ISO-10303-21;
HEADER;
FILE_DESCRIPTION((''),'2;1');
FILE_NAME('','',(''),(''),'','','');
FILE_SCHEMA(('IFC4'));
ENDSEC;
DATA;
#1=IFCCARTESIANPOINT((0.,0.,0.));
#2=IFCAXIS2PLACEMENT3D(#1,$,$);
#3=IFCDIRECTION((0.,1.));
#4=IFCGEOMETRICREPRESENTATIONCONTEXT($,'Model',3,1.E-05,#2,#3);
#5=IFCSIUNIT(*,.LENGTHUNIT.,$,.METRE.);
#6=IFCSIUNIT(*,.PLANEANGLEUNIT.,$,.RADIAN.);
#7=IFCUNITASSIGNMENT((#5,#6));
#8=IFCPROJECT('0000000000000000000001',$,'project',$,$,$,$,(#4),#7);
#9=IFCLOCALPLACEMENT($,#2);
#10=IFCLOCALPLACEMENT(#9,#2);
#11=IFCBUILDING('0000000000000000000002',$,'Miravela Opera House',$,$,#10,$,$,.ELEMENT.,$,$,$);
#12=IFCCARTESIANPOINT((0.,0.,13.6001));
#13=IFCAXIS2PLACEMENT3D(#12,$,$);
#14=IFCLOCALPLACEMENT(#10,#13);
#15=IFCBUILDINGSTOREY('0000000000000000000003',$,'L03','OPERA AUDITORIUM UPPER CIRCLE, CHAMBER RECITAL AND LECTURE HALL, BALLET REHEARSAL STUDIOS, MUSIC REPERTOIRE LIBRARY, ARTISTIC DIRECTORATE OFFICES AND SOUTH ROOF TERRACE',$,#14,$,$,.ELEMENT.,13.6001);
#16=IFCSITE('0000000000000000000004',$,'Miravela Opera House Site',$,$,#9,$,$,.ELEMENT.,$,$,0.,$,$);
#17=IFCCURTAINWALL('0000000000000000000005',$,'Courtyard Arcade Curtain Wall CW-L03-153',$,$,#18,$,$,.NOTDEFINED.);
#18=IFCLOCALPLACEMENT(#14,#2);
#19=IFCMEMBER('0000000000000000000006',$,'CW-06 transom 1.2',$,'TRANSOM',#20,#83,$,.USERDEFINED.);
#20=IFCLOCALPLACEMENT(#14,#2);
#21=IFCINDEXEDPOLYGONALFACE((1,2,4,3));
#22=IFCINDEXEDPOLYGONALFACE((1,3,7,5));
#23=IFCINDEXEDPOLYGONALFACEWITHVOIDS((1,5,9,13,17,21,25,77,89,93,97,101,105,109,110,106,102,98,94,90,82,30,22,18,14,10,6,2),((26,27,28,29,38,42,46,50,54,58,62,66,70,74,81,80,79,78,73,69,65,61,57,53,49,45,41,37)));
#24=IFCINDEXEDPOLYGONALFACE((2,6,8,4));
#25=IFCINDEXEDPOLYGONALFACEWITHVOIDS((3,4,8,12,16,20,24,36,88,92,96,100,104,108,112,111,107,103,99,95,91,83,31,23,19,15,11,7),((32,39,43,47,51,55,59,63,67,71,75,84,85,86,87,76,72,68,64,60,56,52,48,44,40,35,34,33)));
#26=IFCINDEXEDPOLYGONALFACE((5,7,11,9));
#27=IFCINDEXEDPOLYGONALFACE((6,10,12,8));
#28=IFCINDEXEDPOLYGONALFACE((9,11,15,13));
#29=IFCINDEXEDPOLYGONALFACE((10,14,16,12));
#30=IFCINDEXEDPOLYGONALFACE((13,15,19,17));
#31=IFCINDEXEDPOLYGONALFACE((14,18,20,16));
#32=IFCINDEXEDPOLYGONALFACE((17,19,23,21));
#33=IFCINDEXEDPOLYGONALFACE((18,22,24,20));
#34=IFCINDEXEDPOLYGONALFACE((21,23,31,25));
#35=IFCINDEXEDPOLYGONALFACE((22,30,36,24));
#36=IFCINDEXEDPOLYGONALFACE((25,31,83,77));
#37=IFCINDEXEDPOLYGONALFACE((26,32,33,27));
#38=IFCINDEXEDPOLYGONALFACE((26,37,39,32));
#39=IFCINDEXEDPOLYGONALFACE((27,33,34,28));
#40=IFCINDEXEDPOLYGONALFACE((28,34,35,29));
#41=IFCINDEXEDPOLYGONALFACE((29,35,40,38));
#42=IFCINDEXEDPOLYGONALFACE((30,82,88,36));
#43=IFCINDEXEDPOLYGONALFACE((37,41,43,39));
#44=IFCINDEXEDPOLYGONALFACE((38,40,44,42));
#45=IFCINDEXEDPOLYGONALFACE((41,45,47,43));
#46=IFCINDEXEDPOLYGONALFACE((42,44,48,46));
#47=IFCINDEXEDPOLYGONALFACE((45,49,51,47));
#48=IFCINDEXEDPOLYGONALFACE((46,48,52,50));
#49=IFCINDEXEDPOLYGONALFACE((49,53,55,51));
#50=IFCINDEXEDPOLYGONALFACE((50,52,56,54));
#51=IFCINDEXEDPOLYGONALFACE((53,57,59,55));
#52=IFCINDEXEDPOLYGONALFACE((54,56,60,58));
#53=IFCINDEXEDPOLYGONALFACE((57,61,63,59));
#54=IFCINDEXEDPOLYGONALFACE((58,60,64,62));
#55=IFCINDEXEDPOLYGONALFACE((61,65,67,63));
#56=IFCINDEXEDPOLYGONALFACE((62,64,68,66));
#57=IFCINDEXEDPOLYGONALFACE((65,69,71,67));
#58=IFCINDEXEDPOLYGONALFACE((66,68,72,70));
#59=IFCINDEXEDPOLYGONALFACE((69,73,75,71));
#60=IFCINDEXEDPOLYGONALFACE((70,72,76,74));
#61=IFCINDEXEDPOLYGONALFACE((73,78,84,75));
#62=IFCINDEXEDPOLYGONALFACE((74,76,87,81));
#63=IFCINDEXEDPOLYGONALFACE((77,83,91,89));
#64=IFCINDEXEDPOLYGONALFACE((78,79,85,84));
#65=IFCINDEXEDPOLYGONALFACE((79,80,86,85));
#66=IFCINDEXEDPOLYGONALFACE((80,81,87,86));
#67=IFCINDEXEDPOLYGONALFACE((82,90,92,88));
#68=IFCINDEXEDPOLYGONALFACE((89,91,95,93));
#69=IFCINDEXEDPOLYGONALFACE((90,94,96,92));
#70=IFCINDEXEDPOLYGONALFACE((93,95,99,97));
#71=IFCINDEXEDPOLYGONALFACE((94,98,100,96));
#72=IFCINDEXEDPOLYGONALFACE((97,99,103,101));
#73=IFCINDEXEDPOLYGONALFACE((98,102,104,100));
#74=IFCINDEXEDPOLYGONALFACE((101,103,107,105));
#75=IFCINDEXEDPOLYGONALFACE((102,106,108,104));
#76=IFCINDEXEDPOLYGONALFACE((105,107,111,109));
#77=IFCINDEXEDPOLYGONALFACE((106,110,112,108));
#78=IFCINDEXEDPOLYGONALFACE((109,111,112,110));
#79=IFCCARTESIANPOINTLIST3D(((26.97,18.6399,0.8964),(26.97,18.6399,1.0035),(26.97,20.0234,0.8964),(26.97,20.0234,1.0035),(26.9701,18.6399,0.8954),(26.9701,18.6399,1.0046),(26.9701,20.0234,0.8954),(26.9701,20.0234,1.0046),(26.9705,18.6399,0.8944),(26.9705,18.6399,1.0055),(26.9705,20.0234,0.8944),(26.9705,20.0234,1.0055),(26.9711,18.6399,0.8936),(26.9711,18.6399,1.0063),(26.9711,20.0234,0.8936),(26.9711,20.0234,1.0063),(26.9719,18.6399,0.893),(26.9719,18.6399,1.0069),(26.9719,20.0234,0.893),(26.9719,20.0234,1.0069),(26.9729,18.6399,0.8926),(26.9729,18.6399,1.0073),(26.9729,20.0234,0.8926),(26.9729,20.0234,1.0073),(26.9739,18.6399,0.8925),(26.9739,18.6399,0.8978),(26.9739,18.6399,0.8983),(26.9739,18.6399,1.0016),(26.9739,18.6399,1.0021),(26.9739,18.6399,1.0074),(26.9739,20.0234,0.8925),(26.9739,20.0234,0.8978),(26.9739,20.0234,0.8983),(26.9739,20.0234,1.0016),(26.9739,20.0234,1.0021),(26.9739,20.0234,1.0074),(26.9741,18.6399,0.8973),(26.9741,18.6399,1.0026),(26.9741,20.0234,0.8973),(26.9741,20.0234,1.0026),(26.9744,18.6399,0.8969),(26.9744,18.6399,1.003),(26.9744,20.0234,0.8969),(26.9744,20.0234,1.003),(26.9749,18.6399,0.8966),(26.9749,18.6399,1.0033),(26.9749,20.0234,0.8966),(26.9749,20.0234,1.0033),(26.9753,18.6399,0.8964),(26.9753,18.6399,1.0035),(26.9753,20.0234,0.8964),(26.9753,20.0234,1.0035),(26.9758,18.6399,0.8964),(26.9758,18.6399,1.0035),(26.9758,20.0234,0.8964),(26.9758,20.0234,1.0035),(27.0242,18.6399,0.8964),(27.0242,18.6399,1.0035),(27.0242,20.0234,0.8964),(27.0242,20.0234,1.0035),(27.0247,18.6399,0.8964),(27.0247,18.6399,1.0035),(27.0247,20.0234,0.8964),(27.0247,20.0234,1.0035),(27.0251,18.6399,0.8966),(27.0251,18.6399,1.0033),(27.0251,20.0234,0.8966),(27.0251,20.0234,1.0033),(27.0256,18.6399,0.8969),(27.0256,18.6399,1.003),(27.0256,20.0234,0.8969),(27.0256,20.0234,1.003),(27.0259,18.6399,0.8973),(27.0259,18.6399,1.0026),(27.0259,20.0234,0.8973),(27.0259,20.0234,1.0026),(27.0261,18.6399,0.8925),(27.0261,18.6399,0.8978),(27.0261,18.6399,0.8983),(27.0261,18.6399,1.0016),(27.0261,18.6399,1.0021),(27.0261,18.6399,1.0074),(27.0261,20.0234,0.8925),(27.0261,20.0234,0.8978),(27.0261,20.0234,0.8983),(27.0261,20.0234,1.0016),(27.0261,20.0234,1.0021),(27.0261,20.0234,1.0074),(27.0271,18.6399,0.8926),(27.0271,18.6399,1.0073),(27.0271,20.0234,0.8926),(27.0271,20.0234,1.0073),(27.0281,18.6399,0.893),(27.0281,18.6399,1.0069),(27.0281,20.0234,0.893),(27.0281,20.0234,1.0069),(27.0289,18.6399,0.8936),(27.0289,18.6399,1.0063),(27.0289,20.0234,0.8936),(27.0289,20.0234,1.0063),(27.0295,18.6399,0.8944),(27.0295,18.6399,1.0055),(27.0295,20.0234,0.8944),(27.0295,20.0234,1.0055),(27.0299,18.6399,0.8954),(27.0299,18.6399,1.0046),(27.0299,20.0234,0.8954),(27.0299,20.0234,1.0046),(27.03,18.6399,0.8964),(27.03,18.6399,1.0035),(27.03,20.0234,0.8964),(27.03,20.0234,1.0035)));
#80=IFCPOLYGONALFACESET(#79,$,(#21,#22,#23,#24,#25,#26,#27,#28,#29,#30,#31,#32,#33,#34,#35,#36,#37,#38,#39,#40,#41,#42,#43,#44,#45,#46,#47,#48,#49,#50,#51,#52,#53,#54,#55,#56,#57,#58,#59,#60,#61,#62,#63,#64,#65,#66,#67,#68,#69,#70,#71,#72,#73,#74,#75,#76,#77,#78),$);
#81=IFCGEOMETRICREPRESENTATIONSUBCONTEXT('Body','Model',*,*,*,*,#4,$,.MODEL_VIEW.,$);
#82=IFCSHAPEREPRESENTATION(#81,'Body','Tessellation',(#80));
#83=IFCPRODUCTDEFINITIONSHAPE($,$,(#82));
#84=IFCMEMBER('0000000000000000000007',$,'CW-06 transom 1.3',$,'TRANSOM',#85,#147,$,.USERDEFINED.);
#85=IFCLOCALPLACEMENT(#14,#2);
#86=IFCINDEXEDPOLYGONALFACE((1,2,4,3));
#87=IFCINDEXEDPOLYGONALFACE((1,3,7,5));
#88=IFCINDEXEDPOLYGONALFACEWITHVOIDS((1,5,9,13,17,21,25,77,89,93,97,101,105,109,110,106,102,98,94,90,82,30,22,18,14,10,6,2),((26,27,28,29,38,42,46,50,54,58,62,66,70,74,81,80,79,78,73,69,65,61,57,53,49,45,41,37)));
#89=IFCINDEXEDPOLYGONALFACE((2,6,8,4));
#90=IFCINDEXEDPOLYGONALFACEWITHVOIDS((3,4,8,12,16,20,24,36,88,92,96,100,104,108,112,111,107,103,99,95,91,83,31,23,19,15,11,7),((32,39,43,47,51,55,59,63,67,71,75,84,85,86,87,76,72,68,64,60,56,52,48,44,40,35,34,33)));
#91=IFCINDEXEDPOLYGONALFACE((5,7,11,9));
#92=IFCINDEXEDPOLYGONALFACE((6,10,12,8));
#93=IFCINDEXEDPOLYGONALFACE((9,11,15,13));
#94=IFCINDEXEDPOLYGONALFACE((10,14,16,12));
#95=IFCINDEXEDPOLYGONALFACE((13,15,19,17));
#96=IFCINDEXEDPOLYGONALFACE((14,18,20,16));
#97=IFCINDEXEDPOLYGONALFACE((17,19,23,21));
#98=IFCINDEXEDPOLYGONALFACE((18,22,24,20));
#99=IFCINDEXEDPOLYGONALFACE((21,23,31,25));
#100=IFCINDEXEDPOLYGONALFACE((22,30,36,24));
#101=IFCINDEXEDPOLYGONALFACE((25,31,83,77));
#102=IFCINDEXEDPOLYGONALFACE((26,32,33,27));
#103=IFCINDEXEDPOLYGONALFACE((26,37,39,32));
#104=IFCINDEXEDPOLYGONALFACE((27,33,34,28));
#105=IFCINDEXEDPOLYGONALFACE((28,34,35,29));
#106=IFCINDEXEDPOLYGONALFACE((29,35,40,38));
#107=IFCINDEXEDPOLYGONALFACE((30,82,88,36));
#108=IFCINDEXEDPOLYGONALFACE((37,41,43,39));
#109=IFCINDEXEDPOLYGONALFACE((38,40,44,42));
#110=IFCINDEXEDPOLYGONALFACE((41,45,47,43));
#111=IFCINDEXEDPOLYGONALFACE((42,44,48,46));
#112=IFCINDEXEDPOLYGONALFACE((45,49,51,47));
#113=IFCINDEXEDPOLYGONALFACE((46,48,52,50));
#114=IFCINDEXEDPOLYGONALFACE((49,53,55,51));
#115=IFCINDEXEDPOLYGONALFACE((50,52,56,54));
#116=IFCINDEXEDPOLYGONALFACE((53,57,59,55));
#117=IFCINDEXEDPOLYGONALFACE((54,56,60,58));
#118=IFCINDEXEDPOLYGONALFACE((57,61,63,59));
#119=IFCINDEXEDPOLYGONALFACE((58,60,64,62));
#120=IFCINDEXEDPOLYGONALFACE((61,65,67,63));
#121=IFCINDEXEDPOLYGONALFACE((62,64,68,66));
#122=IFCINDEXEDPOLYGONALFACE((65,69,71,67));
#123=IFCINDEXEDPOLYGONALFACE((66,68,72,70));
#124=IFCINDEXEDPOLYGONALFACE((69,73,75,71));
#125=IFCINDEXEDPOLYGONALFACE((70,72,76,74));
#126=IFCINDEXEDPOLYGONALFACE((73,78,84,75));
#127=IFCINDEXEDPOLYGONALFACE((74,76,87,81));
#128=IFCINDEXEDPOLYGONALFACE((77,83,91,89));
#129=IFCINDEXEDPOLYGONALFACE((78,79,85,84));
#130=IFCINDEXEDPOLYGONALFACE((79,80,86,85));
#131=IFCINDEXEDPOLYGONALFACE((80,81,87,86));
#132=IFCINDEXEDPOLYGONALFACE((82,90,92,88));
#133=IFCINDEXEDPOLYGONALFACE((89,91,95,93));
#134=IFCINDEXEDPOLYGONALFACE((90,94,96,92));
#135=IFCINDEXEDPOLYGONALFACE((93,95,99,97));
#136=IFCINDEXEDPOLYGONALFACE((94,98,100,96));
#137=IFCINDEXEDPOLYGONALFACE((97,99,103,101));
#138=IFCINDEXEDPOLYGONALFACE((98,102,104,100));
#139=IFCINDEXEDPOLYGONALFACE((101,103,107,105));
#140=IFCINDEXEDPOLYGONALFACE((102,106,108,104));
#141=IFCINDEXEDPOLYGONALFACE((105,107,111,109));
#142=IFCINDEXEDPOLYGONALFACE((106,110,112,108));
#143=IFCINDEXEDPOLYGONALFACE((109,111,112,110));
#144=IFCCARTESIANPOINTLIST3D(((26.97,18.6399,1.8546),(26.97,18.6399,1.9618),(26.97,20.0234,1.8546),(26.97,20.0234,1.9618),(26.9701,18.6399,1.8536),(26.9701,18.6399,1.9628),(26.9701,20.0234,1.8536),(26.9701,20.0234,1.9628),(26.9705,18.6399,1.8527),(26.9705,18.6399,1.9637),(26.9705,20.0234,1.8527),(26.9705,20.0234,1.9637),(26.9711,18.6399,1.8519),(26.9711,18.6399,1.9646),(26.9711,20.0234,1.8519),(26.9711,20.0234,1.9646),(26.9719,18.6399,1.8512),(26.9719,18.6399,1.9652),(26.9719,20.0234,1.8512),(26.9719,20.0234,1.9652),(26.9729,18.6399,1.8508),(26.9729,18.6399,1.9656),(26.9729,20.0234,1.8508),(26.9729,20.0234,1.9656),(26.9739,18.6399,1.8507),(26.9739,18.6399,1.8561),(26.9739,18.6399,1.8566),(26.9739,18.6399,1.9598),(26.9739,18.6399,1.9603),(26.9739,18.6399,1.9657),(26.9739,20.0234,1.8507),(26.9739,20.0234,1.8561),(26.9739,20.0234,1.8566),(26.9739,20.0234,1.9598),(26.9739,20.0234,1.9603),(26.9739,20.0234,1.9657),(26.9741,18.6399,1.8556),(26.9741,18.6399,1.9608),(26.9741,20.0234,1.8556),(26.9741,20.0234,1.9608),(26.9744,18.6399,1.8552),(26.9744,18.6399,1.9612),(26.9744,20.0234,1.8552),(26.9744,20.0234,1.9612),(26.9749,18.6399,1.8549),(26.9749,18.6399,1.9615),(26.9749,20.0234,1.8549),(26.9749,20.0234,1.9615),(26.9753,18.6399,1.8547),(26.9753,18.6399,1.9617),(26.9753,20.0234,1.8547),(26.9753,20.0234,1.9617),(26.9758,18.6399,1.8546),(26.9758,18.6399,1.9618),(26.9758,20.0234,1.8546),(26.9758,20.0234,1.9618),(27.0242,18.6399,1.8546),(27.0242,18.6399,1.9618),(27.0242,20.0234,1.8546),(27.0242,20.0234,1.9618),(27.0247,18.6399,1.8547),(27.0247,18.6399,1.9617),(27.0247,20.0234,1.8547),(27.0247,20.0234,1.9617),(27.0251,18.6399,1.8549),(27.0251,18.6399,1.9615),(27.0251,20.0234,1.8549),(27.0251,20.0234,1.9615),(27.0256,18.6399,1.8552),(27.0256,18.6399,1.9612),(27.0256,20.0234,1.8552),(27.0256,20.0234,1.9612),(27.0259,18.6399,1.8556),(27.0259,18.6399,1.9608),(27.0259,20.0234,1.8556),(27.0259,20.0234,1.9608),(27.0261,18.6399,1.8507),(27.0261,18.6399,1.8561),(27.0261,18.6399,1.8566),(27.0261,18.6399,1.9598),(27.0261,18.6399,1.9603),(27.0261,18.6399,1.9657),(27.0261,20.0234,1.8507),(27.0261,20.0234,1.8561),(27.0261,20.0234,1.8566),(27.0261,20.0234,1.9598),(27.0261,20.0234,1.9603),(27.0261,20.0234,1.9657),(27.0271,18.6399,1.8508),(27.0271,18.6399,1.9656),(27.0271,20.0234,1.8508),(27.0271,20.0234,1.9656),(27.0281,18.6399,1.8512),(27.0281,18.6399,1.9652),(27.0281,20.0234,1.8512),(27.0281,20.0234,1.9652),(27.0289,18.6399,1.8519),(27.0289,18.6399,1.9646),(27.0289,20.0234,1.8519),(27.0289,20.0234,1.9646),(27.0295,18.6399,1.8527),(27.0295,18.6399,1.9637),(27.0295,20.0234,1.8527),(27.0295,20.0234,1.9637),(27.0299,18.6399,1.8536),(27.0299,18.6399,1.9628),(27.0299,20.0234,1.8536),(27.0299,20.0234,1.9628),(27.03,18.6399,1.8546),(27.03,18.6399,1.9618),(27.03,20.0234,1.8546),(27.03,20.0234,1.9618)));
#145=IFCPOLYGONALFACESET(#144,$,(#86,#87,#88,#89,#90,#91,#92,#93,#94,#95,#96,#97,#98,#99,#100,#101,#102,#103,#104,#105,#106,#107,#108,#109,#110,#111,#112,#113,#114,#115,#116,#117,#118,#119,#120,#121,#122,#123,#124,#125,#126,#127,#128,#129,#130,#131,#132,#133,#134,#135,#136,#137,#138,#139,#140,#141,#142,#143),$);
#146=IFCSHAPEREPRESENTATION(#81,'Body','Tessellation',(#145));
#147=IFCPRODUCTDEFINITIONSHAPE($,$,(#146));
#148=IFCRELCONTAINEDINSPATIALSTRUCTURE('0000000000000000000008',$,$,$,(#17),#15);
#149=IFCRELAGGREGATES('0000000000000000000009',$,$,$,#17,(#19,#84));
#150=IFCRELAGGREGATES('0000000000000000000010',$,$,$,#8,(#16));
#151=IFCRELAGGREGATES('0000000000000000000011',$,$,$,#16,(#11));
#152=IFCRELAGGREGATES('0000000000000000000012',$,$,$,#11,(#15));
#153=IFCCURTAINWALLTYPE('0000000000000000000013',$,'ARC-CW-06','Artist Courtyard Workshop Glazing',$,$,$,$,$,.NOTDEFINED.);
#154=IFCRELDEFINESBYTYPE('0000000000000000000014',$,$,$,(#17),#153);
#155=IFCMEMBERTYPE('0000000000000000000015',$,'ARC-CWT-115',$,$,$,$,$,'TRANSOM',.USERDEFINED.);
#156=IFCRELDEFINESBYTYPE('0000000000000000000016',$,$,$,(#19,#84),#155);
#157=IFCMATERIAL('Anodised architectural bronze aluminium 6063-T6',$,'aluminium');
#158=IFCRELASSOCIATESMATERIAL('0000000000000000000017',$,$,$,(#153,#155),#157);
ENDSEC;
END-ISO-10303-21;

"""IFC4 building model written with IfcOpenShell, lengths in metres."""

from ifc_helpers import new_model, si_unit, direction, frame, origin, origin_2d, place, context, subcontext, project, spatial, hollow_rectangle, extrude, material, material_profile, profile_set, type_object, element, aggregate, save


model = new_model("IFC4")

# Units and contexts
model_context = context("Model", 3, precision=1e-05, world=origin(), true_north=direction((0.0, 1.0)))
body_context = subcontext(model_context, "Body", "Model", "MODEL_VIEW")
ifc_project = project(units=[si_unit("LENGTHUNIT", "METRE"), si_unit("PLANEANGLEUNIT", "RADIAN")], contexts=[model_context])

# Site, building, storey
site_placement = place(None, origin())
site = spatial("IfcSite", under=ifc_project, at=site_placement, Name="Miravela Opera House Site", CompositionType="ELEMENT", RefElevation=0.0)
building_placement = place(site_placement, origin())
building = spatial("IfcBuilding", under=site, at=building_placement, Name="Miravela Opera House", CompositionType="ELEMENT")
storey_placement = place(building_placement, frame((0.0, 0.0, 13.6001)))
storey = spatial("IfcBuildingStorey", under=building, at=storey_placement, Name="L03", Description="OPERA AUDITORIUM UPPER CIRCLE, CHAMBER RECITAL AND LECTURE HALL, BALLET REHEARSAL STUDIOS, MUSIC REPERTOIRE LIBRARY, ARTISTIC DIRECTORATE OFFICES AND SOUTH ROOF TERRACE", CompositionType="ELEMENT", Elevation=13.6001)

# Curtain wall
ifc_material_1 = material(Name="Anodised architectural bronze aluminium 6063-T6", Category="aluminium")
curtain_wall_type = type_object("IfcCurtainWallType", Name="ARC-CW-06", Description="Artist Courtyard Workshop Glazing", PredefinedType="NOTDEFINED", material=ifc_material_1)
curtain_wall_1_placement = place(storey_placement, origin())
curtain_wall_1 = element("IfcCurtainWall", 1, at=curtain_wall_1_placement, inside=storey, type_object=curtain_wall_type, Name="Courtyard Arcade Curtain Wall CW-L03-153", PredefinedType="NOTDEFINED")

# Members
ifc_material_profile_1 = material_profile(ifc_material_1, hollow_rectangle(XDim=0.0601, YDim=0.115, WallThickness=0.0039, InnerFilletRadius=0.002, OuterFilletRadius=0.0039, at=origin_2d()), Name="CWT-60X115")
ifc_profile_set_1 = profile_set([ifc_material_profile_1])
member_type_1 = type_object("IfcMemberType", Name="ARC-CWT-115", ElementType="TRANSOM", PredefinedType="USERDEFINED", material=ifc_profile_set_1)
member_1_placement = place(storey_placement, frame((27.0, 18.6399, 0.95), z_axis=(0.0, 1.0, 0.0), x_axis=(-1.0, 0.0, 0.0)))
member_1 = element("IfcMember", 2, at=member_1_placement, type_object=member_type_1, Name="CW-06 transom 1.2", ObjectType="TRANSOM", PredefinedType="USERDEFINED", context=body_context, shape_type="SweptSolid", body=[
    extrude(hollow_rectangle(XDim=0.0601, YDim=0.115, WallThickness=0.0039, InnerFilletRadius=0.002, OuterFilletRadius=0.0039, at=origin_2d()), origin(), (0.0, 0.0, 1.0), 1.3835),
])
member_2_placement = place(storey_placement, frame((27.0, 18.6399, 1.9082), z_axis=(0.0, 1.0, 0.0), x_axis=(-1.0, 0.0, 0.0)))
member_2 = element("IfcMember", 3, at=member_2_placement, type_object=member_type_1, Name="CW-06 transom 1.3", ObjectType="TRANSOM", PredefinedType="USERDEFINED", context=body_context, shape_type="SweptSolid", body=[
    extrude(hollow_rectangle(XDim=0.0601, YDim=0.115, WallThickness=0.0039, InnerFilletRadius=0.002, OuterFilletRadius=0.0039, at=origin_2d()), origin(), (0.0, 0.0, 1.0), 1.3835),
])
aggregate(curtain_wall_1, [member_1, member_2])

save(model, "model.ifc")
